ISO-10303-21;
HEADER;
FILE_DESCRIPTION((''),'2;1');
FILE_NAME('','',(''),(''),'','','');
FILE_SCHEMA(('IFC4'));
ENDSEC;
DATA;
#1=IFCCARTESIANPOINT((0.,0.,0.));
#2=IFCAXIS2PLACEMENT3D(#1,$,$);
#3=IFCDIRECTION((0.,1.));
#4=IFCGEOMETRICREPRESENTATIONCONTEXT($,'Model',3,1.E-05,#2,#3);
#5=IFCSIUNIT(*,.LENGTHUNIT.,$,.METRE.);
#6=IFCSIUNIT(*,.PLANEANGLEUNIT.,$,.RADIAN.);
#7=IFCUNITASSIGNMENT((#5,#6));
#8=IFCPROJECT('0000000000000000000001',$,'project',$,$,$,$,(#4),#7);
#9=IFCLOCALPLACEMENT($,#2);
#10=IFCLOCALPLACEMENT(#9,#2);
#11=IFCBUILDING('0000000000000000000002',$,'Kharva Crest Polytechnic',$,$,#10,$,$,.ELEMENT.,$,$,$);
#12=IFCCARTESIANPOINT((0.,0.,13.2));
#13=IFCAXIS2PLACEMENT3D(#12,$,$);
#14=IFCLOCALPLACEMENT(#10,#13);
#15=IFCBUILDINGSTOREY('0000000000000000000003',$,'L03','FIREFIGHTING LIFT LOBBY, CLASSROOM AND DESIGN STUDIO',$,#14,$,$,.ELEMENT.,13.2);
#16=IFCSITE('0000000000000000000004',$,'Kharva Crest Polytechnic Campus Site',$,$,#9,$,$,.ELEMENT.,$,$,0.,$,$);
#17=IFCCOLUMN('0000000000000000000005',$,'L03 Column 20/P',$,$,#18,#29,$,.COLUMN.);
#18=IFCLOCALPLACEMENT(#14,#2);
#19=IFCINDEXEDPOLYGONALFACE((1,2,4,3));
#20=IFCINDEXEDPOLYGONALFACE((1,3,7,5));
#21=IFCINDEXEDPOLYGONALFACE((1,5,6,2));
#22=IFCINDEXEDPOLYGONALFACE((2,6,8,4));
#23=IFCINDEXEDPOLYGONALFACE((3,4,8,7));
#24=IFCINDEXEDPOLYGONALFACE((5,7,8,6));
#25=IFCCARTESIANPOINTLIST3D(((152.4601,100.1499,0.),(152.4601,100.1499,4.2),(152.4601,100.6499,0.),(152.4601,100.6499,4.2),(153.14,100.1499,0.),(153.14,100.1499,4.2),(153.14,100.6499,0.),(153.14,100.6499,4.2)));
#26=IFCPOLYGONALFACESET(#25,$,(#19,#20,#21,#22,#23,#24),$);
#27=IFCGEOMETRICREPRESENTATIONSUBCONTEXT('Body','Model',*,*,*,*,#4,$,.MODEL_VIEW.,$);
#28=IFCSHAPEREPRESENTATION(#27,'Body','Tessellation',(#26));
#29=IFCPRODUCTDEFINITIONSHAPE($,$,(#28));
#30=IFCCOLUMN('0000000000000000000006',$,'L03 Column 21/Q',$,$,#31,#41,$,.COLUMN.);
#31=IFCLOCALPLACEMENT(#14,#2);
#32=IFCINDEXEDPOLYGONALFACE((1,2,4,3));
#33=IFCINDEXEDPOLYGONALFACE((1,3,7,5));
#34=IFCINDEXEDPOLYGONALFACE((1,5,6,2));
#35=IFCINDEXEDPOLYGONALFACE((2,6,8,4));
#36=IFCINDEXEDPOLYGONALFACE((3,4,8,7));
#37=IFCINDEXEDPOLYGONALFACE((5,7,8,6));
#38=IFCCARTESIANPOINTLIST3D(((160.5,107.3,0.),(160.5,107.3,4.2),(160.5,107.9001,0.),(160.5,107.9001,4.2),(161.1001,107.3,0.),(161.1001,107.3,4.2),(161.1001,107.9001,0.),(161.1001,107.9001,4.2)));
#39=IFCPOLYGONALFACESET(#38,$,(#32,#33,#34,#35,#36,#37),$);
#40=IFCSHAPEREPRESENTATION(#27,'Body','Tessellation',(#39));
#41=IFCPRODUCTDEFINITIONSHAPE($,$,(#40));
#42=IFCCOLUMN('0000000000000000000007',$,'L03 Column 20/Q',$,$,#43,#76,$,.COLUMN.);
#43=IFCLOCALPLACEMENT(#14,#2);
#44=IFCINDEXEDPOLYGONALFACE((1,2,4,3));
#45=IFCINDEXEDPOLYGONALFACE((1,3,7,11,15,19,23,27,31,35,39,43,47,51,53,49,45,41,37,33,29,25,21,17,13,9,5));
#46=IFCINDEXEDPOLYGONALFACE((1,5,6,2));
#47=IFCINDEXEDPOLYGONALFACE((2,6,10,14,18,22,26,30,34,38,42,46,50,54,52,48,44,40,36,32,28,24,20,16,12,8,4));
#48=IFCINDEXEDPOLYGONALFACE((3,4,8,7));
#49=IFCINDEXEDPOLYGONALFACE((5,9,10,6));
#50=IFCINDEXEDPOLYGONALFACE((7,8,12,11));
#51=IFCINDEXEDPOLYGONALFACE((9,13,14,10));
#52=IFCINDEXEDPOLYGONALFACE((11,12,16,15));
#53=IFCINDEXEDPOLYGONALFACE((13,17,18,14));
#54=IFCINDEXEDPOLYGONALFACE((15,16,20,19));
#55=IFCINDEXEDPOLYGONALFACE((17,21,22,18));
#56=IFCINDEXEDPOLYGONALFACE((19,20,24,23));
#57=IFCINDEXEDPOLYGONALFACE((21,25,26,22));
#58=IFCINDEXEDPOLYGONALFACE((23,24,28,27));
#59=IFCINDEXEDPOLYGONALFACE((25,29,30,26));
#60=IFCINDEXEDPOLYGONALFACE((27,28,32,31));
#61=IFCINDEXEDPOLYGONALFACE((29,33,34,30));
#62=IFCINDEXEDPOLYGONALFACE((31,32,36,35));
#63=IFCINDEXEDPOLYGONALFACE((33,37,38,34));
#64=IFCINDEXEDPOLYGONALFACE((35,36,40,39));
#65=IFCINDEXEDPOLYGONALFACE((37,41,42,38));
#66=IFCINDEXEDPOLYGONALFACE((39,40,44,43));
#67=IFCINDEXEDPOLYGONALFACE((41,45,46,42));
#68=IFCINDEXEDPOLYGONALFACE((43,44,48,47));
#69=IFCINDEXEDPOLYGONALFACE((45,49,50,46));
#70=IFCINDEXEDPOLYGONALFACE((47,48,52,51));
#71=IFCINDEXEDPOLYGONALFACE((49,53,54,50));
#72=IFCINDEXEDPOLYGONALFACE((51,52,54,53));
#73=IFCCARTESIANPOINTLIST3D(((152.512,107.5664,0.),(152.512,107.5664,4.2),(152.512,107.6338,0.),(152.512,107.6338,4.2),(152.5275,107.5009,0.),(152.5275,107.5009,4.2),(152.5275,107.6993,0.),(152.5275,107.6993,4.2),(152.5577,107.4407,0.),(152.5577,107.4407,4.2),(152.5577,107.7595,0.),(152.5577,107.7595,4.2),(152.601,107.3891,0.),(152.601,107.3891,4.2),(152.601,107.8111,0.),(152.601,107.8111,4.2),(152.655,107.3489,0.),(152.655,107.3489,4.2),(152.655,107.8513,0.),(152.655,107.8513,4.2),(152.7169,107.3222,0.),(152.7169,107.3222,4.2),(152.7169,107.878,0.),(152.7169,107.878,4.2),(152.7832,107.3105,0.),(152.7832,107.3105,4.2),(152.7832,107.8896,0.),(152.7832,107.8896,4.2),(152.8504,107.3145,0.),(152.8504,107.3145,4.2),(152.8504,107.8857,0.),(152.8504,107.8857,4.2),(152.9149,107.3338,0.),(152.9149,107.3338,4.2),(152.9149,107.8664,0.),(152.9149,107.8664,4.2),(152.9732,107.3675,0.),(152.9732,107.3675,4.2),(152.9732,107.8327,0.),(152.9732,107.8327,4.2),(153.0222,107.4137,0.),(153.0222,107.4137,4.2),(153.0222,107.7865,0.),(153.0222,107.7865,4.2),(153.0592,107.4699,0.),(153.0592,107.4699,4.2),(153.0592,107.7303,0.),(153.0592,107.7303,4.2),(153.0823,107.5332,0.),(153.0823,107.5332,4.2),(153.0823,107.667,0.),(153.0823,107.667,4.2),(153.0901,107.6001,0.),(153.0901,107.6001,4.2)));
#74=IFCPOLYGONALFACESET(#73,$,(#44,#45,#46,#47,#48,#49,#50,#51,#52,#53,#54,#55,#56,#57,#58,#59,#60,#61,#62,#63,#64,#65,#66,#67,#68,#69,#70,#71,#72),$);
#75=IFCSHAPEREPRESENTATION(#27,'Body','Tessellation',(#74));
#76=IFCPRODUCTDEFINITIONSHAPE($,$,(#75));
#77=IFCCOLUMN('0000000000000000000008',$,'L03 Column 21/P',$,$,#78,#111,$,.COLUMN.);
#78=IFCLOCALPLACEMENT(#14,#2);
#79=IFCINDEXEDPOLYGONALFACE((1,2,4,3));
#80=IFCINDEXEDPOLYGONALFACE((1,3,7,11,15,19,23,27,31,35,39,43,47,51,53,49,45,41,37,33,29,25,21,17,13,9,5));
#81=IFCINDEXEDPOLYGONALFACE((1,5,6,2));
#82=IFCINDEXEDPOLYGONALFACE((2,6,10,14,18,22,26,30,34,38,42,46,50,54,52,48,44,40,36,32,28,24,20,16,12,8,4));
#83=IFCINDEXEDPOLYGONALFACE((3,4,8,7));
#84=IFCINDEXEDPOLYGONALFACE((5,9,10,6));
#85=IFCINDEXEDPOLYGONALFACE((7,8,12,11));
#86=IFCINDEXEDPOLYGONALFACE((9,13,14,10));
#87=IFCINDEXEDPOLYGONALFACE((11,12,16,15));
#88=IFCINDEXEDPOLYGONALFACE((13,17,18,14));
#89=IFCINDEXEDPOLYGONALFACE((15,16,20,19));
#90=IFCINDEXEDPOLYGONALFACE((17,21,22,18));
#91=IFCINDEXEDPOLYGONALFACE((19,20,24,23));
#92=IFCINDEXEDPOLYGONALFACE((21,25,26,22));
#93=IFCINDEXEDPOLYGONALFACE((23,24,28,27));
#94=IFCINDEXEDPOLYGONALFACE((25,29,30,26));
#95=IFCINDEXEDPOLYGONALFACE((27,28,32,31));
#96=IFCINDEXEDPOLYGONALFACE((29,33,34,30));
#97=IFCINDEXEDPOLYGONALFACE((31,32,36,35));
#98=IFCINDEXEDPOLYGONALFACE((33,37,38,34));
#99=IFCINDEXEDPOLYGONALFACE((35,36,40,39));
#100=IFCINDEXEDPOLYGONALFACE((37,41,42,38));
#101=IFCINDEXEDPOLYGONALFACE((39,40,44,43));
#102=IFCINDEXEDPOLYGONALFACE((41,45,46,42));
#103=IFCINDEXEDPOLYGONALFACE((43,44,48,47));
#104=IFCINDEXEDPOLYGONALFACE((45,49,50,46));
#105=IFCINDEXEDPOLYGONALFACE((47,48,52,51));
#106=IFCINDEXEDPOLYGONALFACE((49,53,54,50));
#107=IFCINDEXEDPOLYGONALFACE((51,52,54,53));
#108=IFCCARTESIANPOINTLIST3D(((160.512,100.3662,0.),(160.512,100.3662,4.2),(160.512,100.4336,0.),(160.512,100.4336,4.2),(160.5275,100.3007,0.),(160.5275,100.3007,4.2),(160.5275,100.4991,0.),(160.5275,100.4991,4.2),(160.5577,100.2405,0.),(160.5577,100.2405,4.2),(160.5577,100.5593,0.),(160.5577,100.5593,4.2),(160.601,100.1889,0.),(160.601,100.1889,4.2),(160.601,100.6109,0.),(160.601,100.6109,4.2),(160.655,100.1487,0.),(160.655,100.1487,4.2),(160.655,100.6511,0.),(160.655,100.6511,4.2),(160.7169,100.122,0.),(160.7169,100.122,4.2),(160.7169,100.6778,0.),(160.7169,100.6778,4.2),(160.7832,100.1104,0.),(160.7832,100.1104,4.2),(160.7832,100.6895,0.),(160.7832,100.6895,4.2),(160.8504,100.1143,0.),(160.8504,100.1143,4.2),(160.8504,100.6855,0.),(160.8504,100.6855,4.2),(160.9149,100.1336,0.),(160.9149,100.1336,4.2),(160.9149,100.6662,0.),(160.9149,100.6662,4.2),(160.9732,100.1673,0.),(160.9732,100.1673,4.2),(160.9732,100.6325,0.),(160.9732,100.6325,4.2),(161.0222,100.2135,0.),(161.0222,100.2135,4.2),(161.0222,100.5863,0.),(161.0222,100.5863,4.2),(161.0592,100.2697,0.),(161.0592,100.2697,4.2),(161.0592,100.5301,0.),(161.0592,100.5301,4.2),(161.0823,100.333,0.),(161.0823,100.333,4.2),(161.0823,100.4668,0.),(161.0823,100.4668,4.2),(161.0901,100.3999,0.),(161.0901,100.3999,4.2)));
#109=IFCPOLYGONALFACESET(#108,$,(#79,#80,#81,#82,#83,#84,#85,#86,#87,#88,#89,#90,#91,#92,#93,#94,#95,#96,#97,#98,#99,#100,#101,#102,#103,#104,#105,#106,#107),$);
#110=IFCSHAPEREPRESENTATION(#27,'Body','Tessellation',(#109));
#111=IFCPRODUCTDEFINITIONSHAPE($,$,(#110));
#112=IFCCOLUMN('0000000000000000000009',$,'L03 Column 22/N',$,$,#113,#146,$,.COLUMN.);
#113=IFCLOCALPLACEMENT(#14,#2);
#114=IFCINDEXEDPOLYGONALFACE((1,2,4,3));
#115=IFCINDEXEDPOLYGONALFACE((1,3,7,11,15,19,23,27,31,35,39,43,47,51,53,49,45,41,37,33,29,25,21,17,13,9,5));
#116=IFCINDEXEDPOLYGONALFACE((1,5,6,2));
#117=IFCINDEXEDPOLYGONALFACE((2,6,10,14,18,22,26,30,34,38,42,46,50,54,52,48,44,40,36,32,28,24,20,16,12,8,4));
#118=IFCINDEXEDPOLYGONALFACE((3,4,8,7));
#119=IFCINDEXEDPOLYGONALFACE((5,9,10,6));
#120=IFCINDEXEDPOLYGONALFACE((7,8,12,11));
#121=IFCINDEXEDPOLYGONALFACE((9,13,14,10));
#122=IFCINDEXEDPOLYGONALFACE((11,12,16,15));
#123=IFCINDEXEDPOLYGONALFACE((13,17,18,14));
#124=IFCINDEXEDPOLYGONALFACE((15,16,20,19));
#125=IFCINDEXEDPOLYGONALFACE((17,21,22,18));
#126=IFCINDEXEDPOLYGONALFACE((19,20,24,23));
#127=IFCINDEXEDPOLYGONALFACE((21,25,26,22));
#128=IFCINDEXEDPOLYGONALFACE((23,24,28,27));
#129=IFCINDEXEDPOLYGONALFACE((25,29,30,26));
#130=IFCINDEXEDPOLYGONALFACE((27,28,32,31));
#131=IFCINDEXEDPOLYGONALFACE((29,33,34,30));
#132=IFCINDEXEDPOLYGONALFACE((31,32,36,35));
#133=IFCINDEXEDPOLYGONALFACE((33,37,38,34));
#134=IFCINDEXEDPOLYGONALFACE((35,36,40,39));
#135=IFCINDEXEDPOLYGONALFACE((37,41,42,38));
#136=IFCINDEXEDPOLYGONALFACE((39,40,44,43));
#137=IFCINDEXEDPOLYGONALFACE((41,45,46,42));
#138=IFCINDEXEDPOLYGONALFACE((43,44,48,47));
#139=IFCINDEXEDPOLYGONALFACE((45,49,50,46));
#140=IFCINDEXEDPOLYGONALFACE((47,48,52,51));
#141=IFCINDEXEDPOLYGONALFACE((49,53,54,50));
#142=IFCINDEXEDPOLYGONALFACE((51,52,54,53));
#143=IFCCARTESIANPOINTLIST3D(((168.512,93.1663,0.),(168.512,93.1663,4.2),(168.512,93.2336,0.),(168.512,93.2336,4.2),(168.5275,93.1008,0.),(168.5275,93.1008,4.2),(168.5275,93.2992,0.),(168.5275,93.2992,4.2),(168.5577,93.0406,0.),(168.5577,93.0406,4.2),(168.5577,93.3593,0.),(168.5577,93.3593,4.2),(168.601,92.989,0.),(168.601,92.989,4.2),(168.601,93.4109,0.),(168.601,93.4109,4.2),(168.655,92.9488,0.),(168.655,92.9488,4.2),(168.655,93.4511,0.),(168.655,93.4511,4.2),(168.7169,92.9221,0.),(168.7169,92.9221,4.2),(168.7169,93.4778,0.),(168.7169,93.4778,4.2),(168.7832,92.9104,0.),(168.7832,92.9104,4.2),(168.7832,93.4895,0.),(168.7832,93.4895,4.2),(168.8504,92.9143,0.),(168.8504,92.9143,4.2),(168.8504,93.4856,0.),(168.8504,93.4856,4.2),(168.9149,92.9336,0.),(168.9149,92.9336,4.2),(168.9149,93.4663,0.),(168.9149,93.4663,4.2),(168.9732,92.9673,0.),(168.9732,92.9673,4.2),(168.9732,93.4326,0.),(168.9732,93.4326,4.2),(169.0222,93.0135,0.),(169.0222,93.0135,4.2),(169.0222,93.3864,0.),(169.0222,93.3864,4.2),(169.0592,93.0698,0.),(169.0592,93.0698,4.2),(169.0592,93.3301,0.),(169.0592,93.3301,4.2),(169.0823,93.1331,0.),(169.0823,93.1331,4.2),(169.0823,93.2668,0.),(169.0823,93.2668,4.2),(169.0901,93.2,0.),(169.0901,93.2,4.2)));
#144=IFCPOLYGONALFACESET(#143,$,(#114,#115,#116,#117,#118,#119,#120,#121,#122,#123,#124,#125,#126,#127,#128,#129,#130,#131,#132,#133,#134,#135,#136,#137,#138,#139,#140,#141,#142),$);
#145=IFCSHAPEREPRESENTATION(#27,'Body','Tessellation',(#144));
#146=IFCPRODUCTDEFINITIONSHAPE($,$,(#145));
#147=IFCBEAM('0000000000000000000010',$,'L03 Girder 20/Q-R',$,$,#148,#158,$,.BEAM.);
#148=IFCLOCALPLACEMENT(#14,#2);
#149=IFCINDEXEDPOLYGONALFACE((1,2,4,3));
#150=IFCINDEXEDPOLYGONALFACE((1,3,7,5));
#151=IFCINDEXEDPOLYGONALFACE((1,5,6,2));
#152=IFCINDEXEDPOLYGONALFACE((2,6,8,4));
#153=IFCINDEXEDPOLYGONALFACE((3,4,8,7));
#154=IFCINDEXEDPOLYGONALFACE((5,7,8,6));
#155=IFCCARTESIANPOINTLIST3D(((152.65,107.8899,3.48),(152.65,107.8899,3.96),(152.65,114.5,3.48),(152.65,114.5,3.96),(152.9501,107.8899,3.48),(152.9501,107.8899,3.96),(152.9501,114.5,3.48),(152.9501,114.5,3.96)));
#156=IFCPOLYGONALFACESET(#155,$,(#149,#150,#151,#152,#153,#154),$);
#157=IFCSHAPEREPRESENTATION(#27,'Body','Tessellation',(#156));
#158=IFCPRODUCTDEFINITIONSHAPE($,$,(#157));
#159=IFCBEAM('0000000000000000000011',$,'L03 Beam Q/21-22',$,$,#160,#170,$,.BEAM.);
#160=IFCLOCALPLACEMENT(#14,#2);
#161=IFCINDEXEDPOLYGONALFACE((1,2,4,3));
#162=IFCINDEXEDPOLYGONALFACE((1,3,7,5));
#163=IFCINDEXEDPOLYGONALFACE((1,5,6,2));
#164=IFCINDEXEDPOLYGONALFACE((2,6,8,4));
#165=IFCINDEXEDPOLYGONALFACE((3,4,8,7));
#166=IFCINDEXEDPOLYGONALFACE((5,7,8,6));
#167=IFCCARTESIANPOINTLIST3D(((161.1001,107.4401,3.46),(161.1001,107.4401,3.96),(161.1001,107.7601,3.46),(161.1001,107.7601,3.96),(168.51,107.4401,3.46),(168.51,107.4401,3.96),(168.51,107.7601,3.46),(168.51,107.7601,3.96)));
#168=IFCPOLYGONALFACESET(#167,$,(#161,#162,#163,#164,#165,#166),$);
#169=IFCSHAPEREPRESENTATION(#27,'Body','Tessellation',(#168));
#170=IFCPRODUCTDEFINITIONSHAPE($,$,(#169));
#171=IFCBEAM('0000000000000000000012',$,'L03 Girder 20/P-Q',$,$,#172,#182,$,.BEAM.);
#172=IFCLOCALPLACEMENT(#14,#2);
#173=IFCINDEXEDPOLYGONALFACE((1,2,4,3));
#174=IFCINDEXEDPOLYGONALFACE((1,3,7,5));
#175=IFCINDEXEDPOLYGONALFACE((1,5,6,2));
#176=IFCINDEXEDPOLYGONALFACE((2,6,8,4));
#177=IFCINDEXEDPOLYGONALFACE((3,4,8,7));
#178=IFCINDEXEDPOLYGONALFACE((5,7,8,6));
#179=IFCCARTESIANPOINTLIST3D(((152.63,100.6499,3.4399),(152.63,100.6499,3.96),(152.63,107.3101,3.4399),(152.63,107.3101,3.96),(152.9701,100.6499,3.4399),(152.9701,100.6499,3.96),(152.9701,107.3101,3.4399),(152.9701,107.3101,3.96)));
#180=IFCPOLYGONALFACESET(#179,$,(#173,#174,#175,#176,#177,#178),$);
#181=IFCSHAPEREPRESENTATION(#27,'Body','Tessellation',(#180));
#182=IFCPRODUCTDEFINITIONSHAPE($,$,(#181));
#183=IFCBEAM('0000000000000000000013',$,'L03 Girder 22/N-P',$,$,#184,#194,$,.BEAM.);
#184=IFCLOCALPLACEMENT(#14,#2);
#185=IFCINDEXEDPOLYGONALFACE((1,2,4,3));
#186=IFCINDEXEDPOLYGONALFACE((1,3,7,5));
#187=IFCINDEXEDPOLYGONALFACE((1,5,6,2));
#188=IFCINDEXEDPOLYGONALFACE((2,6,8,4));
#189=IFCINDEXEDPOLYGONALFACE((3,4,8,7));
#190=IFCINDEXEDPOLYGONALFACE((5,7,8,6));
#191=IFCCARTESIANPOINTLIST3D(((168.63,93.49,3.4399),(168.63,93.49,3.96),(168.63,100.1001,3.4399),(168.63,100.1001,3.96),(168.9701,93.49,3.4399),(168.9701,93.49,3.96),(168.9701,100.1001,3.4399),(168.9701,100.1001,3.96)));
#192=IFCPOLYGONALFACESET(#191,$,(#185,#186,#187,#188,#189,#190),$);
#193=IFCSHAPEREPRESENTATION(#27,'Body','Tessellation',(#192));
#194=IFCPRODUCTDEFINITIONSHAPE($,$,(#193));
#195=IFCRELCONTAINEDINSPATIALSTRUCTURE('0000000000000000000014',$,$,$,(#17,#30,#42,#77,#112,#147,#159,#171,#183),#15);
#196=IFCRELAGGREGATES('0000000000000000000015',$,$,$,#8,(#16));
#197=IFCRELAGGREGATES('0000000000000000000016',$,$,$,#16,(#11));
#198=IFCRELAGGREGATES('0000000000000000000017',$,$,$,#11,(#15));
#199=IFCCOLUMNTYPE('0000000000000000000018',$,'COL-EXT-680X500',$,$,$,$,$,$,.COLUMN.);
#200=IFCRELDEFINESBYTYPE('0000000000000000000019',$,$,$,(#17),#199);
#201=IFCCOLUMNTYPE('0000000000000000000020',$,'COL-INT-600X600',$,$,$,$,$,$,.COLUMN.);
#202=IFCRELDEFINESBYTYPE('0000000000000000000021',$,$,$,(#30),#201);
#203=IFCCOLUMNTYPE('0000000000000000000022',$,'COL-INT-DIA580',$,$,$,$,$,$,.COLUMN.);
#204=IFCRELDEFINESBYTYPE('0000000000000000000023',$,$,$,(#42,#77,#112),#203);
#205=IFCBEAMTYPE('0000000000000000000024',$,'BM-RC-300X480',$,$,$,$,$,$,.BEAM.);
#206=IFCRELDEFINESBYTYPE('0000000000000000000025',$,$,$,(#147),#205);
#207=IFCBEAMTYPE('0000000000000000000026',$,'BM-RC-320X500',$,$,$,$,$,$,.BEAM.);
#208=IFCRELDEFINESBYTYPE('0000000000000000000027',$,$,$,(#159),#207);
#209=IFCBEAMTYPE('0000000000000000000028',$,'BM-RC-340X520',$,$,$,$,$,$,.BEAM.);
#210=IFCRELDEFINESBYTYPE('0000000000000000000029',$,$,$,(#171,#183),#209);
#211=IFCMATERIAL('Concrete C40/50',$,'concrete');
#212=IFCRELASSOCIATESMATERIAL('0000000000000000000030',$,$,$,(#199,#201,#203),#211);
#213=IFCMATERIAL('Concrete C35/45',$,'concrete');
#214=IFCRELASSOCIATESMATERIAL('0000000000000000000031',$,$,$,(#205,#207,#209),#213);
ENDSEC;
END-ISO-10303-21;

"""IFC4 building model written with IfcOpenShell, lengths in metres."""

from ifc_helpers import new_model, si_unit, direction, frame, origin, origin_2d, place, context, subcontext, project, spatial, rectangle, circle, extrude, material, material_profile, profile_set, type_object, element, save


model = new_model("IFC4")

# Units and contexts
model_context = context("Model", 3, precision=1e-05, world=origin(), true_north=direction((0.0, 1.0)))
body_context = subcontext(model_context, "Body", "Model", "MODEL_VIEW")
ifc_project = project(units=[si_unit("LENGTHUNIT", "METRE"), si_unit("PLANEANGLEUNIT", "RADIAN")], contexts=[model_context])

# Site, building, storey
site_placement = place(None, origin())
site = spatial("IfcSite", under=ifc_project, at=site_placement, Name="Kharva Crest Polytechnic Campus Site", CompositionType="ELEMENT", RefElevation=0.0)
building_placement = place(site_placement, origin())
building = spatial("IfcBuilding", under=site, at=building_placement, Name="Kharva Crest Polytechnic", CompositionType="ELEMENT")
storey_placement = place(building_placement, frame((0.0, 0.0, 13.2)))
storey = spatial("IfcBuildingStorey", under=building, at=storey_placement, Name="L03", Description="FIREFIGHTING LIFT LOBBY, CLASSROOM AND DESIGN STUDIO", CompositionType="ELEMENT", Elevation=13.2)

# Columns
ifc_material_1 = material(Name="Concrete C40/50", Category="concrete")
ifc_material_profile_1 = material_profile(ifc_material_1, rectangle(XDim=0.6799, YDim=0.5, at=origin_2d()), Name="RECT 680 X 500")
ifc_profile_set_1 = profile_set([ifc_material_profile_1], Name="Concrete C40/50")
column_type_1 = type_object("IfcColumnType", Name="COL-EXT-680X500", PredefinedType="COLUMN", material=ifc_profile_set_1)
column_1_placement = place(storey_placement, frame((152.8, 100.3999, 0.0), z_axis=(0.0, 0.0, 1.0), x_axis=(1.0, 0.0, 0.0)))
element("IfcColumn", 1, at=column_1_placement, inside=storey, type_object=column_type_1, Name="L03 Column 20/P", PredefinedType="COLUMN", context=body_context, shape_type="SweptSolid", body=[
    extrude(rectangle(XDim=0.6799, YDim=0.5, at=origin_2d()), origin(), (0.0, 0.0, 1.0), 4.2),
])
ifc_material_profile_2 = material_profile(ifc_material_1, rectangle(XDim=0.6001, YDim=0.6001, at=origin_2d()), Name="RECT 600 X 600")
ifc_profile_set_2 = profile_set([ifc_material_profile_2], Name="Concrete C40/50")
column_type_2 = type_object("IfcColumnType", Name="COL-INT-600X600", PredefinedType="COLUMN", material=ifc_profile_set_2)
column_2_placement = place(storey_placement, frame((160.8, 107.6001, 0.0), z_axis=(0.0, 0.0, 1.0), x_axis=(1.0, 0.0, 0.0)))
element("IfcColumn", 2, at=column_2_placement, inside=storey, type_object=column_type_2, Name="L03 Column 21/Q", PredefinedType="COLUMN", context=body_context, shape_type="SweptSolid", body=[
    extrude(rectangle(XDim=0.6001, YDim=0.6001, at=origin_2d()), origin(), (0.0, 0.0, 1.0), 4.2),
])
ifc_material_profile_3 = material_profile(ifc_material_1, circle(Radius=0.29, at=origin_2d()), Name="DIA 580")
ifc_profile_set_3 = profile_set([ifc_material_profile_3], Name="Concrete C40/50")
column_type_3 = type_object("IfcColumnType", Name="COL-INT-DIA580", PredefinedType="COLUMN", material=ifc_profile_set_3)
for number, where, z_axis, x_axis, name in (
    (3, (152.8, 107.6001, 0.0), (0.0, 0.0, 1.0), (1.0, 0.0, 0.0), "L03 Column 20/Q"),
    (4, (160.8, 100.3999, 0.0), (0.0, 0.0, 1.0), (1.0, 0.0, 0.0), "L03 Column 21/P"),
    (5, (168.8, 93.2, 0.0), (0.0, 0.0, 1.0), (1.0, 0.0, 0.0), "L03 Column 22/N"),
):
    element("IfcColumn", number, at=place(storey_placement, frame(where, z_axis=z_axis, x_axis=x_axis)), inside=storey, type_object=column_type_3, Name=name, PredefinedType="COLUMN", context=body_context, shape_type="SweptSolid", body=[
        extrude(circle(Radius=0.29, at=origin_2d()), origin(), (0.0, 0.0, 1.0), 4.2),
    ])

# Beams
ifc_material_2 = material(Name="Concrete C35/45", Category="concrete")
ifc_material_profile_4 = material_profile(ifc_material_2, rectangle(XDim=0.3, YDim=0.48, at=origin_2d()), Name="RECT 300 X 480")
ifc_profile_set_4 = profile_set([ifc_material_profile_4], Name="Concrete C35/45")
beam_type_1 = type_object("IfcBeamType", Name="BM-RC-300X480", PredefinedType="BEAM", material=ifc_profile_set_4)
beam_1_placement = place(storey_placement, frame((152.8, 107.8899, 3.72), z_axis=(0.0, 1.0, 0.0), x_axis=(-1.0, 0.0, 0.0)))
element("IfcBeam", 6, at=beam_1_placement, inside=storey, type_object=beam_type_1, Name="L03 Girder 20/Q-R", PredefinedType="BEAM", context=body_context, shape_type="SweptSolid", body=[
    extrude(rectangle(XDim=0.3, YDim=0.48, at=origin_2d()), origin(), (0.0, 0.0, 1.0), 6.6101),
])
ifc_material_profile_5 = material_profile(ifc_material_2, rectangle(XDim=0.3201, YDim=0.5, at=origin_2d()), Name="RECT 320 X 500")
ifc_profile_set_5 = profile_set([ifc_material_profile_5], Name="Concrete C35/45")
beam_type_2 = type_object("IfcBeamType", Name="BM-RC-320X500", PredefinedType="BEAM", material=ifc_profile_set_5)
beam_2_placement = place(storey_placement, frame((161.1001, 107.6001, 3.71), z_axis=(1.0, 0.0, 0.0), x_axis=(0.0, 1.0, 0.0)))
element("IfcBeam", 7, at=beam_2_placement, inside=storey, type_object=beam_type_2, Name="L03 Beam Q/21-22", PredefinedType="BEAM", context=body_context, shape_type="SweptSolid", body=[
    extrude(rectangle(XDim=0.3201, YDim=0.5, at=origin_2d()), origin(), (0.0, 0.0, 1.0), 7.4099),
])
ifc_material_profile_6 = material_profile(ifc_material_2, rectangle(XDim=0.3401, YDim=0.52, at=origin_2d()), Name="RECT 340 X 520")
ifc_profile_set_6 = profile_set([ifc_material_profile_6], Name="Concrete C35/45")
beam_type_3 = type_object("IfcBeamType", Name="BM-RC-340X520", PredefinedType="BEAM", material=ifc_profile_set_6)
beam_3_placement = place(storey_placement, frame((152.8, 100.6499, 3.7), z_axis=(0.0, 1.0, 0.0), x_axis=(-1.0, 0.0, 0.0)))
element("IfcBeam", 8, at=beam_3_placement, inside=storey, type_object=beam_type_3, Name="L03 Girder 20/P-Q", PredefinedType="BEAM", context=body_context, shape_type="SweptSolid", body=[
    extrude(rectangle(XDim=0.3401, YDim=0.52, at=origin_2d()), origin(), (0.0, 0.0, 1.0), 6.6602),
])
beam_4_placement = place(storey_placement, frame((168.8, 93.49, 3.7), z_axis=(0.0, 1.0, 0.0), x_axis=(-1.0, 0.0, 0.0)))
element("IfcBeam", 9, at=beam_4_placement, inside=storey, type_object=beam_type_3, Name="L03 Girder 22/N-P", PredefinedType="BEAM", context=body_context, shape_type="SweptSolid", body=[
    extrude(rectangle(XDim=0.3401, YDim=0.52, at=origin_2d()), origin(), (0.0, 0.0, 1.0), 6.6101),
])

save(model, "model.ifc")
